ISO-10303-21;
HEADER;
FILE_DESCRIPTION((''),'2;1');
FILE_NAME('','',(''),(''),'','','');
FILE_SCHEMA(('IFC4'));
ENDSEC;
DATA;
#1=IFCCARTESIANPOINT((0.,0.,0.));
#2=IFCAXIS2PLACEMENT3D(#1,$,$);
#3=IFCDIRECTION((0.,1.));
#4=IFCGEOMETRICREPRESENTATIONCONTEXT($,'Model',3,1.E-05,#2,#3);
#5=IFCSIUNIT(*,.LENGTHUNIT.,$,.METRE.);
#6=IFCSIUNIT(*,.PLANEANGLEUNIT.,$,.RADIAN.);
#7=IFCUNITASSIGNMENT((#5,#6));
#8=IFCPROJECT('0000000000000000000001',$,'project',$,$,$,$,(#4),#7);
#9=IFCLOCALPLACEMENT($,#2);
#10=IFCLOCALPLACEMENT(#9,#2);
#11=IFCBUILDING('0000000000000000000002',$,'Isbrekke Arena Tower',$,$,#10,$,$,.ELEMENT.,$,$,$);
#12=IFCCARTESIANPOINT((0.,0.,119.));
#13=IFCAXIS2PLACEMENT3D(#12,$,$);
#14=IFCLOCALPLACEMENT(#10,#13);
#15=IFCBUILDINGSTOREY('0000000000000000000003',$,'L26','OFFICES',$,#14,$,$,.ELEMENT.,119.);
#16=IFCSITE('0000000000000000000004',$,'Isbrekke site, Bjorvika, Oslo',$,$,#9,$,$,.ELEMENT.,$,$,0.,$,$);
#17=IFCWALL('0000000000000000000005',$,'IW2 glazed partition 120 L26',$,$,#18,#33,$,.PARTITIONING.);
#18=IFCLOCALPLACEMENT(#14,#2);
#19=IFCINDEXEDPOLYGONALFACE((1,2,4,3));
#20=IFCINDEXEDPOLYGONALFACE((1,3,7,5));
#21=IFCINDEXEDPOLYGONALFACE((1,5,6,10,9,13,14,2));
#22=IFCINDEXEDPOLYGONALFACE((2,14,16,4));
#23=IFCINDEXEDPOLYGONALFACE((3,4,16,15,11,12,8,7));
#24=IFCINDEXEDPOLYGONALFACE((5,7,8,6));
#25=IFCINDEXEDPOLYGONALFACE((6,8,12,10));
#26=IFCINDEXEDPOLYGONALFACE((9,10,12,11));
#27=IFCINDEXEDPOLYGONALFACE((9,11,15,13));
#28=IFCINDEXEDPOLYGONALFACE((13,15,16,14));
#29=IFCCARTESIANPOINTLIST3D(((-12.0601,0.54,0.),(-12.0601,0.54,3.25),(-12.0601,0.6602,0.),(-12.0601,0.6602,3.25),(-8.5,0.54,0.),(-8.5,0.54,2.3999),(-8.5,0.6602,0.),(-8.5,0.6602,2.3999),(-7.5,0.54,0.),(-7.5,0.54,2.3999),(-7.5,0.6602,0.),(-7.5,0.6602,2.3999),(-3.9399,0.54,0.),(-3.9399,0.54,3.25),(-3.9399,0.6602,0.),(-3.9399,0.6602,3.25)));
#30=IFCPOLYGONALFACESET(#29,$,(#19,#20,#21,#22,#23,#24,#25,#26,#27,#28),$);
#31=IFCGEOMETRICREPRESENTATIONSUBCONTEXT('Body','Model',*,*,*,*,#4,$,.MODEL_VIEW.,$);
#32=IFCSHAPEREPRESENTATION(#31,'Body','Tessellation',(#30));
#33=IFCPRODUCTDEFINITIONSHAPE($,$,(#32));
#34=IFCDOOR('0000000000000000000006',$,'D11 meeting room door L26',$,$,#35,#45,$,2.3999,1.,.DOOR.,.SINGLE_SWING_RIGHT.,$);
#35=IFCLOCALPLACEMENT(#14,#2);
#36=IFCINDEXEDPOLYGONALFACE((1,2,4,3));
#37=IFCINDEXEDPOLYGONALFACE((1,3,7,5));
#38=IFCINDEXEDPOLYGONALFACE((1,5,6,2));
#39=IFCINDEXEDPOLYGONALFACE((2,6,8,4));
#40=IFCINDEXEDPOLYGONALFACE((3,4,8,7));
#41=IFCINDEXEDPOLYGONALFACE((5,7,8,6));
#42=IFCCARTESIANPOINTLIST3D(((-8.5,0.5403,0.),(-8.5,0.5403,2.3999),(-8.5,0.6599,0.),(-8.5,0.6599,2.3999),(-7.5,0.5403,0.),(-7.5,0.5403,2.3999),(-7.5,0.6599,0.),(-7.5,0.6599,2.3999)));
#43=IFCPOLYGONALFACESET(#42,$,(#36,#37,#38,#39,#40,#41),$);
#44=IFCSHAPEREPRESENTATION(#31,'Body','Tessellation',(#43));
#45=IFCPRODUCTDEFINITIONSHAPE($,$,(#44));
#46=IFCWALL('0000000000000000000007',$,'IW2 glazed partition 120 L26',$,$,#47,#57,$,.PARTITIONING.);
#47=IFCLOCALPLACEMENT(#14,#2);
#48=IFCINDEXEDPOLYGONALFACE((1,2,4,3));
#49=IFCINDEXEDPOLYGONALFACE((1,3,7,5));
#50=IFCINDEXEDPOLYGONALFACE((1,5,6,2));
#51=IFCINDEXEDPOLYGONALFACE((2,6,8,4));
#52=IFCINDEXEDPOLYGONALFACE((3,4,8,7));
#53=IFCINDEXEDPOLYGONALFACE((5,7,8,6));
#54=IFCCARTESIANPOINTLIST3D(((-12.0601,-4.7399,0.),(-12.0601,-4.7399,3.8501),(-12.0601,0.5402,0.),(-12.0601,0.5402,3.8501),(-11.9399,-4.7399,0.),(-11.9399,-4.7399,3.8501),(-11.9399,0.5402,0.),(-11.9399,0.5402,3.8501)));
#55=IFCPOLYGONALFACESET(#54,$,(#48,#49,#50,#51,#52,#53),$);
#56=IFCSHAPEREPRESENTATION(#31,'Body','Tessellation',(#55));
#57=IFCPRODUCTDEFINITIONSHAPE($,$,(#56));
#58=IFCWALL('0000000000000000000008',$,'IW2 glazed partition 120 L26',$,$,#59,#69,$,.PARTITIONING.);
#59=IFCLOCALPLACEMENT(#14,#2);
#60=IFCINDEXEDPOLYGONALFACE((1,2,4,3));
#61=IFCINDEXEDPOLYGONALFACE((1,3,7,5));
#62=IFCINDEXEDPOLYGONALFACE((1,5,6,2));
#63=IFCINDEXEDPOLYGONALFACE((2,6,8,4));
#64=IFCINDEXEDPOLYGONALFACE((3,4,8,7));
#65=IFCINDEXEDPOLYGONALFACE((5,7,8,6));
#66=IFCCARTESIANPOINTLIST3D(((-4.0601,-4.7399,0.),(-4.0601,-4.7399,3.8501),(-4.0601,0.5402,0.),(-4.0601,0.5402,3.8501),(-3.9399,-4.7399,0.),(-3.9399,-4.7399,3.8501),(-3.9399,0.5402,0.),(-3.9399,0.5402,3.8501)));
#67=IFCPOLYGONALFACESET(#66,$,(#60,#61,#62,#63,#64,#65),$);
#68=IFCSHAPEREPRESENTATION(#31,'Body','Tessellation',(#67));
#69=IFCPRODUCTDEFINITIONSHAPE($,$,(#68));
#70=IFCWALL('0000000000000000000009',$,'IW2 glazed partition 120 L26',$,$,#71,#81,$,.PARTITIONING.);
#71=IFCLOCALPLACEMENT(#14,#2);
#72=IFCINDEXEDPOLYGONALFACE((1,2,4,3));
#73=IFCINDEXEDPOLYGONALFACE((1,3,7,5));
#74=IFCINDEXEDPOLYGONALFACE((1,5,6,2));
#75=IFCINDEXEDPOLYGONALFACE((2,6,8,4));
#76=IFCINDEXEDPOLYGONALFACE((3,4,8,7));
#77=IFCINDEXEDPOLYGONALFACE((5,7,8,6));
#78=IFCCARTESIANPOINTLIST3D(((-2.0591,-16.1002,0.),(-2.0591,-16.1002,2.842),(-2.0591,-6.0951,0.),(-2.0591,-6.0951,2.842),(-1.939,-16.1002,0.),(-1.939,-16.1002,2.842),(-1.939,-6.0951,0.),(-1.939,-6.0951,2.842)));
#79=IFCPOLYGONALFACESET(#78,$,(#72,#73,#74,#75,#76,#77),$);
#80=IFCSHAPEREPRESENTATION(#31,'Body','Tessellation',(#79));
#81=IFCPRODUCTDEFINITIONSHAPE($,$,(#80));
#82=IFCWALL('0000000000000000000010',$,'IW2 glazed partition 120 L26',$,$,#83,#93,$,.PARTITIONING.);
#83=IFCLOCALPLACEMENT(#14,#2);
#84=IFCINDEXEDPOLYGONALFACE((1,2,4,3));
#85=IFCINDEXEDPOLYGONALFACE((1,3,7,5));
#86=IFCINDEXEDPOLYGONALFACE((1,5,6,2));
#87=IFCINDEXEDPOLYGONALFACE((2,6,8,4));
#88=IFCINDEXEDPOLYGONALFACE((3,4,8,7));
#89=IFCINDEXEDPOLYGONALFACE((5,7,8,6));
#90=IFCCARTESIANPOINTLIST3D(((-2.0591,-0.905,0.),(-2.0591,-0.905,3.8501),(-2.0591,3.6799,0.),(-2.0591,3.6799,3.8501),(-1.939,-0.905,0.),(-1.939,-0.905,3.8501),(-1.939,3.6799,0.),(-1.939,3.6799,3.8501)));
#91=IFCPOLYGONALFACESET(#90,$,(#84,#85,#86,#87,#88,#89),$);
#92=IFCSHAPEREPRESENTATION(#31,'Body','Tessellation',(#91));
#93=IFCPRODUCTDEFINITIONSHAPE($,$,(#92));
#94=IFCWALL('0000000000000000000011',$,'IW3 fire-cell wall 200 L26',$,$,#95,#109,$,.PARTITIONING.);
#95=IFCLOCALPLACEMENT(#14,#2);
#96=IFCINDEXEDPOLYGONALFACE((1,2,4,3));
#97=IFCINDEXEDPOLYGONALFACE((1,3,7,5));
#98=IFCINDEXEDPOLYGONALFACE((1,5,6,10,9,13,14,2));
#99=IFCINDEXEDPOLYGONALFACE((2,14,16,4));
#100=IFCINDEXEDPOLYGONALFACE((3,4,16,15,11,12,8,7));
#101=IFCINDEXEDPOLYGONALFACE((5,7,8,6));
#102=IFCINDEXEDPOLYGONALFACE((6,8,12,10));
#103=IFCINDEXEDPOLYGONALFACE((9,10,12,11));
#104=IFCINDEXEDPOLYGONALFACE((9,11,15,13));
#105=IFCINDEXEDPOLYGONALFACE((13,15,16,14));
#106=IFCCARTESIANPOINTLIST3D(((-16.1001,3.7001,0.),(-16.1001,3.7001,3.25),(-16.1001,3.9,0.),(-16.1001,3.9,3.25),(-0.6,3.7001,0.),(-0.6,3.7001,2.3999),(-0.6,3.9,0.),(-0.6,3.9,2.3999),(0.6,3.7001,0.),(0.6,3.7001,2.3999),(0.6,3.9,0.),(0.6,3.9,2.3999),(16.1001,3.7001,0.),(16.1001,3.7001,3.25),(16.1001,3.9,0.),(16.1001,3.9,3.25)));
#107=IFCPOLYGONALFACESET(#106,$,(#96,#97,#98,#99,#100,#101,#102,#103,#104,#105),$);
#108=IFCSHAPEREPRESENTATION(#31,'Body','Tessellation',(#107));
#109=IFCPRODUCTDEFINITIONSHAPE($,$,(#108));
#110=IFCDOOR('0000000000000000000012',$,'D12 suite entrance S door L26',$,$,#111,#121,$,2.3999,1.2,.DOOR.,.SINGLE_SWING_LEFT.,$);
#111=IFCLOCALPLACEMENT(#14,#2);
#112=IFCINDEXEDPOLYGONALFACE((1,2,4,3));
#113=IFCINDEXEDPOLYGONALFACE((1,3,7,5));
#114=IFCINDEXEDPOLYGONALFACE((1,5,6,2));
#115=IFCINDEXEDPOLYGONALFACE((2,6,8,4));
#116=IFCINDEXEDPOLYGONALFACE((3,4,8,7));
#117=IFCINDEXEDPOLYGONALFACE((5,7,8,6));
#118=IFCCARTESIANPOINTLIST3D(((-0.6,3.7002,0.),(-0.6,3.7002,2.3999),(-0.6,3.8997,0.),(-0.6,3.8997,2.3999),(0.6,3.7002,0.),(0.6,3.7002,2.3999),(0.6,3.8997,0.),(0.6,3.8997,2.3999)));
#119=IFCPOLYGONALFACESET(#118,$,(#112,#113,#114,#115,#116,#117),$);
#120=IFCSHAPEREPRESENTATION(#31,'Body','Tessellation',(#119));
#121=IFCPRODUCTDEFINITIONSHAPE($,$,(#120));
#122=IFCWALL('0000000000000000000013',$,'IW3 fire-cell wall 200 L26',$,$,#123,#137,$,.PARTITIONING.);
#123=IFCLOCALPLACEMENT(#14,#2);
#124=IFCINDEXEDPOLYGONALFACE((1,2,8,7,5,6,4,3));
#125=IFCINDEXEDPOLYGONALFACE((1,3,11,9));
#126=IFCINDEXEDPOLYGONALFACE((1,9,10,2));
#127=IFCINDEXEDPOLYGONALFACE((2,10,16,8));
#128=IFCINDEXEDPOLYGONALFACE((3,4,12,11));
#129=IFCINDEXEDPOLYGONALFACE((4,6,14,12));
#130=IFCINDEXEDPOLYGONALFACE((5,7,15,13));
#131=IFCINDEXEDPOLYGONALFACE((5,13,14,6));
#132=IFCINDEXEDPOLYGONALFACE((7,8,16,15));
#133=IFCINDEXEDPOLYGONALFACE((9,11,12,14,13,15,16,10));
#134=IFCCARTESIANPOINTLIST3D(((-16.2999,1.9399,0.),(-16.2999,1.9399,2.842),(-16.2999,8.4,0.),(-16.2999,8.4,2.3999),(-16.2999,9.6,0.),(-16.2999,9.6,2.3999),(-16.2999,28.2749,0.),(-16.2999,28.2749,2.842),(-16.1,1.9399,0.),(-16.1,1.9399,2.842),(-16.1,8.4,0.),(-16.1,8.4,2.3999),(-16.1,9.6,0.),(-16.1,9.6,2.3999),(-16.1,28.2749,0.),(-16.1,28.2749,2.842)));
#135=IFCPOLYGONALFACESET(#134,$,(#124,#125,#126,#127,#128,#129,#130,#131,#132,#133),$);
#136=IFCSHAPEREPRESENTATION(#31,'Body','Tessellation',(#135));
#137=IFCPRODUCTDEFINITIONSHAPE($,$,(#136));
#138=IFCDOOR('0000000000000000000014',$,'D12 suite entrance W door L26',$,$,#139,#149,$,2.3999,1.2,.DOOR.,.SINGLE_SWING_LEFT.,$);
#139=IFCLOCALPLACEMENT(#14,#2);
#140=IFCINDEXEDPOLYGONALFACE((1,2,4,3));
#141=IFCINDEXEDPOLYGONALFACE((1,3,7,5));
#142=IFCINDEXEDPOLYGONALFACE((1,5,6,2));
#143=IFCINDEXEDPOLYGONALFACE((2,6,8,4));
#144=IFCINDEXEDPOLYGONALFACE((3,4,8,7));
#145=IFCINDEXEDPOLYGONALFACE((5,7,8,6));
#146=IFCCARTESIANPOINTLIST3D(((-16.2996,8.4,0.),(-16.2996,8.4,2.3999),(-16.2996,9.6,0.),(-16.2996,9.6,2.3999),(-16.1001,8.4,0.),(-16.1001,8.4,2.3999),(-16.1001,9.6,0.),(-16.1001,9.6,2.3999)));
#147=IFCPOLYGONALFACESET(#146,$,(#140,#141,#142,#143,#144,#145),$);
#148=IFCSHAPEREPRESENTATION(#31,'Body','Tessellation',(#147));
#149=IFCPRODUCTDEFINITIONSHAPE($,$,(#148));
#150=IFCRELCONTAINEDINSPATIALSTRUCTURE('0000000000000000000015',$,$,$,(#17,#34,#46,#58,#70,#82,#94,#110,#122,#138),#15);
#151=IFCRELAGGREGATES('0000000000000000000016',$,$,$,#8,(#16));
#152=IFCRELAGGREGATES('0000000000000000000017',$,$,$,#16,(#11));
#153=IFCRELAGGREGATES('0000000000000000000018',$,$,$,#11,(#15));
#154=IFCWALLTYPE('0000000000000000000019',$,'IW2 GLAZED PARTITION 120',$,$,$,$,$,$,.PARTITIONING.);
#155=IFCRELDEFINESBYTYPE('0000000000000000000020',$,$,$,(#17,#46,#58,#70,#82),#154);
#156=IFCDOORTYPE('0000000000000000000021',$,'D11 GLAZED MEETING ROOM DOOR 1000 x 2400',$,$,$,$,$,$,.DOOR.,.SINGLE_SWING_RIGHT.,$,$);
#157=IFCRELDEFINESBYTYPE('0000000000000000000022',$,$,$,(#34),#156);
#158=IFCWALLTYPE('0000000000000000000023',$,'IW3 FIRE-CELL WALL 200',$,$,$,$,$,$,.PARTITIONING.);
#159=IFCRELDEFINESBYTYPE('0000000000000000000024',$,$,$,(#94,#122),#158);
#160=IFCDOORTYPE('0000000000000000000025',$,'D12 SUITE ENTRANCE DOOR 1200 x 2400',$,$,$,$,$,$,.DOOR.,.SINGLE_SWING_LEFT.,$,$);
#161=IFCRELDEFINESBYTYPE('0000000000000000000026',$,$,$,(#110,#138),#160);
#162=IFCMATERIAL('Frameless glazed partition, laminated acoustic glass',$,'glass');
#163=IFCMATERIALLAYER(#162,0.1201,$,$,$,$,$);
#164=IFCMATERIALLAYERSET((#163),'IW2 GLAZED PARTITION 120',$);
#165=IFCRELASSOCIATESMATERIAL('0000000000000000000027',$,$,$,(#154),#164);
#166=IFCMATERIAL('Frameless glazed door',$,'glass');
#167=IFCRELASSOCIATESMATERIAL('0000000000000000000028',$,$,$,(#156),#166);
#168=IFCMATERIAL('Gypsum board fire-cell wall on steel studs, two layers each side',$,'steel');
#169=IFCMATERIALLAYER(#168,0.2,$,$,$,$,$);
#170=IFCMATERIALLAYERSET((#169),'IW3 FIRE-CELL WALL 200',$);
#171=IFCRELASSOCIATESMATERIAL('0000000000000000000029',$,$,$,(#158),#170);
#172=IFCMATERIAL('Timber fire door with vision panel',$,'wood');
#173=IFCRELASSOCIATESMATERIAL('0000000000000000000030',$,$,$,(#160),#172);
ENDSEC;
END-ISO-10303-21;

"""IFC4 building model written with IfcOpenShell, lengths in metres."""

from ifc_helpers import new_model, si_unit, direction, frame, frame_2d, origin, place, context, subcontext, project, spatial, rectangle, extrude, material, layer, layer_set, type_object, element, fill, save


model = new_model("IFC4")

# Units and contexts
model_context = context("Model", 3, precision=1e-05, world=origin(), true_north=direction((0.0, 1.0)))
body_context = subcontext(model_context, "Body", "Model", "MODEL_VIEW")
ifc_project = project(units=[si_unit("LENGTHUNIT", "METRE"), si_unit("PLANEANGLEUNIT", "RADIAN")], contexts=[model_context])

# Site, building, storey
site_placement = place(None, origin())
site = spatial("IfcSite", under=ifc_project, at=site_placement, Name="Isbrekke site, Bjorvika, Oslo", CompositionType="ELEMENT", RefElevation=0.0)
building_placement = place(site_placement, origin())
building = spatial("IfcBuilding", under=site, at=building_placement, Name="Isbrekke Arena Tower", CompositionType="ELEMENT")
storey_placement = place(building_placement, frame((0.0, 0.0, 119.0)))
storey = spatial("IfcBuildingStorey", under=building, at=storey_placement, Name="L26", Description="OFFICES", CompositionType="ELEMENT", Elevation=119.0)

# Shared definitions
ifc_material_1 = material(Name="Frameless glazed partition, laminated acoustic glass", Category="glass")
ifc_layer_1 = layer(ifc_material_1, 0.1201)
ifc_layer_set_1 = layer_set([ifc_layer_1], Name="IW2 GLAZED PARTITION 120")
wall_type_1 = type_object("IfcWallType", Name="IW2 GLAZED PARTITION 120", PredefinedType="PARTITIONING", material=ifc_layer_set_1)

# Wall, opening, door
wall_1_placement = place(storey_placement, frame((-12.0601, 0.6001, 0.0), z_axis=(0.0, 0.0, 1.0), x_axis=(1.0, 0.0, 0.0)))
wall_1 = element("IfcWall", 1, at=wall_1_placement, inside=storey, type_object=wall_type_1, Name="IW2 glazed partition 120 L26", PredefinedType="PARTITIONING", context=body_context, shape_type="SweptSolid", body=[
    extrude(rectangle(XDim=8.1201, YDim=0.1201, at=frame_2d((4.0601, 0.0))), origin(), (0.0, 0.0, 1.0), 3.25),
])
opening_1_placement = place(wall_1_placement, frame((3.5601, 0.0, 0.0)))
opening_1 = element("IfcOpeningElement", 2, at=opening_1_placement, cuts=wall_1, PredefinedType="OPENING", context=body_context, shape_type="SweptSolid", body=[
    extrude(rectangle(XDim=1.0, YDim=2.3999, at=frame_2d((0.5, 1.2))), frame((0.0, 0.075, 0.0), z_axis=(0.0, -1.0, 0.0), x_axis=(1.0, 0.0, 0.0)), (0.0, 0.0, 1.0), 0.1499),
])
ifc_material_2 = material(Name="Frameless glazed door", Category="glass")
door_type_1 = type_object("IfcDoorType", Name="D11 GLAZED MEETING ROOM DOOR 1000 x 2400", OperationType="SINGLE_SWING_RIGHT", PredefinedType="DOOR", material=ifc_material_2)
door_1_placement = place(opening_1_placement, origin())
door_1 = element("IfcDoor", 3, at=door_1_placement, inside=storey, type_object=door_type_1, Name="D11 meeting room door L26", OperationType="SINGLE_SWING_RIGHT", OverallHeight=2.3999, OverallWidth=1.0, PredefinedType="DOOR", context=body_context, shape_type="SweptSolid", body=[
    extrude(rectangle(XDim=1.0, YDim=2.3999, at=frame_2d((0.5, 1.2))), frame((0.0, 0.0598, 0.0), z_axis=(0.0, -1.0, 0.0), x_axis=(1.0, 0.0, 0.0)), (0.0, 0.0, 1.0), 0.1196),
])
fill(opening_1, door_1)

# Walls
for number, where, z_axis, x_axis, name in (
    (4, (-12.0, -4.74, 0.0), (0.0, 0.0, 1.0), (0.0, 1.0, 0.0), "IW2 glazed partition 120 L26"),
    (5, (-4.0, -4.74, 0.0), (0.0, 0.0, 1.0), (0.0, 1.0, 0.0), "IW2 glazed partition 120 L26"),
):
    element("IfcWall", number, at=place(storey_placement, frame(where, z_axis=z_axis, x_axis=x_axis)), inside=storey, type_object=wall_type_1, Name=name, PredefinedType="PARTITIONING", context=body_context, shape_type="SweptSolid", body=[
        extrude(rectangle(XDim=5.28, YDim=0.1201, at=frame_2d((2.6401, 0.0))), origin(), (0.0, 0.0, 1.0), 3.8501),
    ])
wall_2_placement = place(storey_placement, frame((-1.999, -16.1001, 0.0), z_axis=(0.0, 0.0, 1.0), x_axis=(0.0, 1.0, 0.0)))
element("IfcWall", 6, at=wall_2_placement, inside=storey, type_object=wall_type_1, Name="IW2 glazed partition 120 L26", PredefinedType="PARTITIONING", context=body_context, shape_type="SweptSolid", body=[
    extrude(rectangle(XDim=10.0051, YDim=0.1201, at=frame_2d((5.0024, 0.0))), origin(), (0.0, 0.0, 1.0), 2.842),
])
wall_3_placement = place(storey_placement, frame((-1.999, -0.905, 0.0), z_axis=(0.0, 0.0, 1.0), x_axis=(0.0, 1.0, 0.0)))
element("IfcWall", 7, at=wall_3_placement, inside=storey, type_object=wall_type_1, Name="IW2 glazed partition 120 L26", PredefinedType="PARTITIONING", context=body_context, shape_type="SweptSolid", body=[
    extrude(rectangle(XDim=4.585, YDim=0.1201, at=frame_2d((2.2925, 0.0))), origin(), (0.0, 0.0, 1.0), 3.8501),
])

# Walls, openings, doors
ifc_material_3 = material(Name="Gypsum board fire-cell wall on steel studs, two layers each side", Category="steel")
ifc_layer_2 = layer(ifc_material_3, 0.2)
ifc_layer_set_2 = layer_set([ifc_layer_2], Name="IW3 FIRE-CELL WALL 200")
wall_type_2 = type_object("IfcWallType", Name="IW3 FIRE-CELL WALL 200", PredefinedType="PARTITIONING", material=ifc_layer_set_2)
wall_4_placement = place(storey_placement, frame((-16.1001, 3.8, 0.0), z_axis=(0.0, 0.0, 1.0), x_axis=(1.0, 0.0, 0.0)))
wall_4 = element("IfcWall", 8, at=wall_4_placement, inside=storey, type_object=wall_type_2, Name="IW3 fire-cell wall 200 L26", PredefinedType="PARTITIONING", context=body_context, shape_type="SweptSolid", body=[
    extrude(rectangle(XDim=32.2002, YDim=0.2, at=frame_2d((16.1001, 0.0))), origin(), (0.0, 0.0, 1.0), 3.25),
])
opening_2_placement = place(wall_4_placement, frame((15.5, 0.0, 0.0)))
opening_2 = element("IfcOpeningElement", 9, at=opening_2_placement, cuts=wall_4, PredefinedType="OPENING", context=body_context, shape_type="SweptSolid", body=[
    extrude(rectangle(XDim=1.2, YDim=2.3999, at=frame_2d((0.6001, 1.2))), frame((0.0, 0.1147, 0.0), z_axis=(0.0, -1.0, 0.0), x_axis=(1.0, 0.0, 0.0)), (0.0, 0.0, 1.0), 0.2297),
])
ifc_material_4 = material(Name="Timber fire door with vision panel", Category="wood")
door_type_2 = type_object("IfcDoorType", Name="D12 SUITE ENTRANCE DOOR 1200 x 2400", OperationType="SINGLE_SWING_LEFT", PredefinedType="DOOR", material=ifc_material_4)
door_2_placement = place(opening_2_placement, origin())
door_2 = element("IfcDoor", 10, at=door_2_placement, inside=storey, type_object=door_type_2, Name="D12 suite entrance S door L26", OperationType="SINGLE_SWING_LEFT", OverallHeight=2.3999, OverallWidth=1.2, PredefinedType="DOOR", context=body_context, shape_type="SweptSolid", body=[
    extrude(rectangle(XDim=1.2, YDim=2.3999, at=frame_2d((0.6001, 1.2))), frame((0.0, 0.0996, 0.0), z_axis=(0.0, -1.0, 0.0), x_axis=(1.0, 0.0, 0.0)), (0.0, 0.0, 1.0), 0.1995),
])
fill(opening_2, door_2)
wall_5_placement = place(storey_placement, frame((-16.2, 1.9399, 0.0), z_axis=(0.0, 0.0, 1.0), x_axis=(0.0, 1.0, 0.0)))
wall_5 = element("IfcWall", 11, at=wall_5_placement, inside=storey, type_object=wall_type_2, Name="IW3 fire-cell wall 200 L26", PredefinedType="PARTITIONING", context=body_context, shape_type="SweptSolid", body=[
    extrude(rectangle(XDim=26.335, YDim=0.2, at=frame_2d((13.1675, 0.0))), origin(), (0.0, 0.0, 1.0), 2.842),
])
opening_3_placement = place(wall_5_placement, frame((6.46, 0.0, 0.0)))
opening_3 = element("IfcOpeningElement", 12, at=opening_3_placement, cuts=wall_5, PredefinedType="OPENING", context=body_context, shape_type="SweptSolid", body=[
    extrude(rectangle(XDim=1.2, YDim=2.3999, at=frame_2d((0.6001, 1.2))), frame((0.0, 0.1147, 0.0), z_axis=(0.0, -1.0, 0.0), x_axis=(1.0, 0.0, 0.0)), (0.0, 0.0, 1.0), 0.2297),
])
door_3_placement = place(opening_3_placement, origin())
door_3 = element("IfcDoor", 13, at=door_3_placement, inside=storey, type_object=door_type_2, Name="D12 suite entrance W door L26", OperationType="SINGLE_SWING_LEFT", OverallHeight=2.3999, OverallWidth=1.2, PredefinedType="DOOR", context=body_context, shape_type="SweptSolid", body=[
    extrude(rectangle(XDim=1.2, YDim=2.3999, at=frame_2d((0.6001, 1.2))), frame((0.0, 0.0996, 0.0), z_axis=(0.0, -1.0, 0.0), x_axis=(1.0, 0.0, 0.0)), (0.0, 0.0, 1.0), 0.1995),
])
fill(opening_3, door_3)

save(model, "model.ifc")
